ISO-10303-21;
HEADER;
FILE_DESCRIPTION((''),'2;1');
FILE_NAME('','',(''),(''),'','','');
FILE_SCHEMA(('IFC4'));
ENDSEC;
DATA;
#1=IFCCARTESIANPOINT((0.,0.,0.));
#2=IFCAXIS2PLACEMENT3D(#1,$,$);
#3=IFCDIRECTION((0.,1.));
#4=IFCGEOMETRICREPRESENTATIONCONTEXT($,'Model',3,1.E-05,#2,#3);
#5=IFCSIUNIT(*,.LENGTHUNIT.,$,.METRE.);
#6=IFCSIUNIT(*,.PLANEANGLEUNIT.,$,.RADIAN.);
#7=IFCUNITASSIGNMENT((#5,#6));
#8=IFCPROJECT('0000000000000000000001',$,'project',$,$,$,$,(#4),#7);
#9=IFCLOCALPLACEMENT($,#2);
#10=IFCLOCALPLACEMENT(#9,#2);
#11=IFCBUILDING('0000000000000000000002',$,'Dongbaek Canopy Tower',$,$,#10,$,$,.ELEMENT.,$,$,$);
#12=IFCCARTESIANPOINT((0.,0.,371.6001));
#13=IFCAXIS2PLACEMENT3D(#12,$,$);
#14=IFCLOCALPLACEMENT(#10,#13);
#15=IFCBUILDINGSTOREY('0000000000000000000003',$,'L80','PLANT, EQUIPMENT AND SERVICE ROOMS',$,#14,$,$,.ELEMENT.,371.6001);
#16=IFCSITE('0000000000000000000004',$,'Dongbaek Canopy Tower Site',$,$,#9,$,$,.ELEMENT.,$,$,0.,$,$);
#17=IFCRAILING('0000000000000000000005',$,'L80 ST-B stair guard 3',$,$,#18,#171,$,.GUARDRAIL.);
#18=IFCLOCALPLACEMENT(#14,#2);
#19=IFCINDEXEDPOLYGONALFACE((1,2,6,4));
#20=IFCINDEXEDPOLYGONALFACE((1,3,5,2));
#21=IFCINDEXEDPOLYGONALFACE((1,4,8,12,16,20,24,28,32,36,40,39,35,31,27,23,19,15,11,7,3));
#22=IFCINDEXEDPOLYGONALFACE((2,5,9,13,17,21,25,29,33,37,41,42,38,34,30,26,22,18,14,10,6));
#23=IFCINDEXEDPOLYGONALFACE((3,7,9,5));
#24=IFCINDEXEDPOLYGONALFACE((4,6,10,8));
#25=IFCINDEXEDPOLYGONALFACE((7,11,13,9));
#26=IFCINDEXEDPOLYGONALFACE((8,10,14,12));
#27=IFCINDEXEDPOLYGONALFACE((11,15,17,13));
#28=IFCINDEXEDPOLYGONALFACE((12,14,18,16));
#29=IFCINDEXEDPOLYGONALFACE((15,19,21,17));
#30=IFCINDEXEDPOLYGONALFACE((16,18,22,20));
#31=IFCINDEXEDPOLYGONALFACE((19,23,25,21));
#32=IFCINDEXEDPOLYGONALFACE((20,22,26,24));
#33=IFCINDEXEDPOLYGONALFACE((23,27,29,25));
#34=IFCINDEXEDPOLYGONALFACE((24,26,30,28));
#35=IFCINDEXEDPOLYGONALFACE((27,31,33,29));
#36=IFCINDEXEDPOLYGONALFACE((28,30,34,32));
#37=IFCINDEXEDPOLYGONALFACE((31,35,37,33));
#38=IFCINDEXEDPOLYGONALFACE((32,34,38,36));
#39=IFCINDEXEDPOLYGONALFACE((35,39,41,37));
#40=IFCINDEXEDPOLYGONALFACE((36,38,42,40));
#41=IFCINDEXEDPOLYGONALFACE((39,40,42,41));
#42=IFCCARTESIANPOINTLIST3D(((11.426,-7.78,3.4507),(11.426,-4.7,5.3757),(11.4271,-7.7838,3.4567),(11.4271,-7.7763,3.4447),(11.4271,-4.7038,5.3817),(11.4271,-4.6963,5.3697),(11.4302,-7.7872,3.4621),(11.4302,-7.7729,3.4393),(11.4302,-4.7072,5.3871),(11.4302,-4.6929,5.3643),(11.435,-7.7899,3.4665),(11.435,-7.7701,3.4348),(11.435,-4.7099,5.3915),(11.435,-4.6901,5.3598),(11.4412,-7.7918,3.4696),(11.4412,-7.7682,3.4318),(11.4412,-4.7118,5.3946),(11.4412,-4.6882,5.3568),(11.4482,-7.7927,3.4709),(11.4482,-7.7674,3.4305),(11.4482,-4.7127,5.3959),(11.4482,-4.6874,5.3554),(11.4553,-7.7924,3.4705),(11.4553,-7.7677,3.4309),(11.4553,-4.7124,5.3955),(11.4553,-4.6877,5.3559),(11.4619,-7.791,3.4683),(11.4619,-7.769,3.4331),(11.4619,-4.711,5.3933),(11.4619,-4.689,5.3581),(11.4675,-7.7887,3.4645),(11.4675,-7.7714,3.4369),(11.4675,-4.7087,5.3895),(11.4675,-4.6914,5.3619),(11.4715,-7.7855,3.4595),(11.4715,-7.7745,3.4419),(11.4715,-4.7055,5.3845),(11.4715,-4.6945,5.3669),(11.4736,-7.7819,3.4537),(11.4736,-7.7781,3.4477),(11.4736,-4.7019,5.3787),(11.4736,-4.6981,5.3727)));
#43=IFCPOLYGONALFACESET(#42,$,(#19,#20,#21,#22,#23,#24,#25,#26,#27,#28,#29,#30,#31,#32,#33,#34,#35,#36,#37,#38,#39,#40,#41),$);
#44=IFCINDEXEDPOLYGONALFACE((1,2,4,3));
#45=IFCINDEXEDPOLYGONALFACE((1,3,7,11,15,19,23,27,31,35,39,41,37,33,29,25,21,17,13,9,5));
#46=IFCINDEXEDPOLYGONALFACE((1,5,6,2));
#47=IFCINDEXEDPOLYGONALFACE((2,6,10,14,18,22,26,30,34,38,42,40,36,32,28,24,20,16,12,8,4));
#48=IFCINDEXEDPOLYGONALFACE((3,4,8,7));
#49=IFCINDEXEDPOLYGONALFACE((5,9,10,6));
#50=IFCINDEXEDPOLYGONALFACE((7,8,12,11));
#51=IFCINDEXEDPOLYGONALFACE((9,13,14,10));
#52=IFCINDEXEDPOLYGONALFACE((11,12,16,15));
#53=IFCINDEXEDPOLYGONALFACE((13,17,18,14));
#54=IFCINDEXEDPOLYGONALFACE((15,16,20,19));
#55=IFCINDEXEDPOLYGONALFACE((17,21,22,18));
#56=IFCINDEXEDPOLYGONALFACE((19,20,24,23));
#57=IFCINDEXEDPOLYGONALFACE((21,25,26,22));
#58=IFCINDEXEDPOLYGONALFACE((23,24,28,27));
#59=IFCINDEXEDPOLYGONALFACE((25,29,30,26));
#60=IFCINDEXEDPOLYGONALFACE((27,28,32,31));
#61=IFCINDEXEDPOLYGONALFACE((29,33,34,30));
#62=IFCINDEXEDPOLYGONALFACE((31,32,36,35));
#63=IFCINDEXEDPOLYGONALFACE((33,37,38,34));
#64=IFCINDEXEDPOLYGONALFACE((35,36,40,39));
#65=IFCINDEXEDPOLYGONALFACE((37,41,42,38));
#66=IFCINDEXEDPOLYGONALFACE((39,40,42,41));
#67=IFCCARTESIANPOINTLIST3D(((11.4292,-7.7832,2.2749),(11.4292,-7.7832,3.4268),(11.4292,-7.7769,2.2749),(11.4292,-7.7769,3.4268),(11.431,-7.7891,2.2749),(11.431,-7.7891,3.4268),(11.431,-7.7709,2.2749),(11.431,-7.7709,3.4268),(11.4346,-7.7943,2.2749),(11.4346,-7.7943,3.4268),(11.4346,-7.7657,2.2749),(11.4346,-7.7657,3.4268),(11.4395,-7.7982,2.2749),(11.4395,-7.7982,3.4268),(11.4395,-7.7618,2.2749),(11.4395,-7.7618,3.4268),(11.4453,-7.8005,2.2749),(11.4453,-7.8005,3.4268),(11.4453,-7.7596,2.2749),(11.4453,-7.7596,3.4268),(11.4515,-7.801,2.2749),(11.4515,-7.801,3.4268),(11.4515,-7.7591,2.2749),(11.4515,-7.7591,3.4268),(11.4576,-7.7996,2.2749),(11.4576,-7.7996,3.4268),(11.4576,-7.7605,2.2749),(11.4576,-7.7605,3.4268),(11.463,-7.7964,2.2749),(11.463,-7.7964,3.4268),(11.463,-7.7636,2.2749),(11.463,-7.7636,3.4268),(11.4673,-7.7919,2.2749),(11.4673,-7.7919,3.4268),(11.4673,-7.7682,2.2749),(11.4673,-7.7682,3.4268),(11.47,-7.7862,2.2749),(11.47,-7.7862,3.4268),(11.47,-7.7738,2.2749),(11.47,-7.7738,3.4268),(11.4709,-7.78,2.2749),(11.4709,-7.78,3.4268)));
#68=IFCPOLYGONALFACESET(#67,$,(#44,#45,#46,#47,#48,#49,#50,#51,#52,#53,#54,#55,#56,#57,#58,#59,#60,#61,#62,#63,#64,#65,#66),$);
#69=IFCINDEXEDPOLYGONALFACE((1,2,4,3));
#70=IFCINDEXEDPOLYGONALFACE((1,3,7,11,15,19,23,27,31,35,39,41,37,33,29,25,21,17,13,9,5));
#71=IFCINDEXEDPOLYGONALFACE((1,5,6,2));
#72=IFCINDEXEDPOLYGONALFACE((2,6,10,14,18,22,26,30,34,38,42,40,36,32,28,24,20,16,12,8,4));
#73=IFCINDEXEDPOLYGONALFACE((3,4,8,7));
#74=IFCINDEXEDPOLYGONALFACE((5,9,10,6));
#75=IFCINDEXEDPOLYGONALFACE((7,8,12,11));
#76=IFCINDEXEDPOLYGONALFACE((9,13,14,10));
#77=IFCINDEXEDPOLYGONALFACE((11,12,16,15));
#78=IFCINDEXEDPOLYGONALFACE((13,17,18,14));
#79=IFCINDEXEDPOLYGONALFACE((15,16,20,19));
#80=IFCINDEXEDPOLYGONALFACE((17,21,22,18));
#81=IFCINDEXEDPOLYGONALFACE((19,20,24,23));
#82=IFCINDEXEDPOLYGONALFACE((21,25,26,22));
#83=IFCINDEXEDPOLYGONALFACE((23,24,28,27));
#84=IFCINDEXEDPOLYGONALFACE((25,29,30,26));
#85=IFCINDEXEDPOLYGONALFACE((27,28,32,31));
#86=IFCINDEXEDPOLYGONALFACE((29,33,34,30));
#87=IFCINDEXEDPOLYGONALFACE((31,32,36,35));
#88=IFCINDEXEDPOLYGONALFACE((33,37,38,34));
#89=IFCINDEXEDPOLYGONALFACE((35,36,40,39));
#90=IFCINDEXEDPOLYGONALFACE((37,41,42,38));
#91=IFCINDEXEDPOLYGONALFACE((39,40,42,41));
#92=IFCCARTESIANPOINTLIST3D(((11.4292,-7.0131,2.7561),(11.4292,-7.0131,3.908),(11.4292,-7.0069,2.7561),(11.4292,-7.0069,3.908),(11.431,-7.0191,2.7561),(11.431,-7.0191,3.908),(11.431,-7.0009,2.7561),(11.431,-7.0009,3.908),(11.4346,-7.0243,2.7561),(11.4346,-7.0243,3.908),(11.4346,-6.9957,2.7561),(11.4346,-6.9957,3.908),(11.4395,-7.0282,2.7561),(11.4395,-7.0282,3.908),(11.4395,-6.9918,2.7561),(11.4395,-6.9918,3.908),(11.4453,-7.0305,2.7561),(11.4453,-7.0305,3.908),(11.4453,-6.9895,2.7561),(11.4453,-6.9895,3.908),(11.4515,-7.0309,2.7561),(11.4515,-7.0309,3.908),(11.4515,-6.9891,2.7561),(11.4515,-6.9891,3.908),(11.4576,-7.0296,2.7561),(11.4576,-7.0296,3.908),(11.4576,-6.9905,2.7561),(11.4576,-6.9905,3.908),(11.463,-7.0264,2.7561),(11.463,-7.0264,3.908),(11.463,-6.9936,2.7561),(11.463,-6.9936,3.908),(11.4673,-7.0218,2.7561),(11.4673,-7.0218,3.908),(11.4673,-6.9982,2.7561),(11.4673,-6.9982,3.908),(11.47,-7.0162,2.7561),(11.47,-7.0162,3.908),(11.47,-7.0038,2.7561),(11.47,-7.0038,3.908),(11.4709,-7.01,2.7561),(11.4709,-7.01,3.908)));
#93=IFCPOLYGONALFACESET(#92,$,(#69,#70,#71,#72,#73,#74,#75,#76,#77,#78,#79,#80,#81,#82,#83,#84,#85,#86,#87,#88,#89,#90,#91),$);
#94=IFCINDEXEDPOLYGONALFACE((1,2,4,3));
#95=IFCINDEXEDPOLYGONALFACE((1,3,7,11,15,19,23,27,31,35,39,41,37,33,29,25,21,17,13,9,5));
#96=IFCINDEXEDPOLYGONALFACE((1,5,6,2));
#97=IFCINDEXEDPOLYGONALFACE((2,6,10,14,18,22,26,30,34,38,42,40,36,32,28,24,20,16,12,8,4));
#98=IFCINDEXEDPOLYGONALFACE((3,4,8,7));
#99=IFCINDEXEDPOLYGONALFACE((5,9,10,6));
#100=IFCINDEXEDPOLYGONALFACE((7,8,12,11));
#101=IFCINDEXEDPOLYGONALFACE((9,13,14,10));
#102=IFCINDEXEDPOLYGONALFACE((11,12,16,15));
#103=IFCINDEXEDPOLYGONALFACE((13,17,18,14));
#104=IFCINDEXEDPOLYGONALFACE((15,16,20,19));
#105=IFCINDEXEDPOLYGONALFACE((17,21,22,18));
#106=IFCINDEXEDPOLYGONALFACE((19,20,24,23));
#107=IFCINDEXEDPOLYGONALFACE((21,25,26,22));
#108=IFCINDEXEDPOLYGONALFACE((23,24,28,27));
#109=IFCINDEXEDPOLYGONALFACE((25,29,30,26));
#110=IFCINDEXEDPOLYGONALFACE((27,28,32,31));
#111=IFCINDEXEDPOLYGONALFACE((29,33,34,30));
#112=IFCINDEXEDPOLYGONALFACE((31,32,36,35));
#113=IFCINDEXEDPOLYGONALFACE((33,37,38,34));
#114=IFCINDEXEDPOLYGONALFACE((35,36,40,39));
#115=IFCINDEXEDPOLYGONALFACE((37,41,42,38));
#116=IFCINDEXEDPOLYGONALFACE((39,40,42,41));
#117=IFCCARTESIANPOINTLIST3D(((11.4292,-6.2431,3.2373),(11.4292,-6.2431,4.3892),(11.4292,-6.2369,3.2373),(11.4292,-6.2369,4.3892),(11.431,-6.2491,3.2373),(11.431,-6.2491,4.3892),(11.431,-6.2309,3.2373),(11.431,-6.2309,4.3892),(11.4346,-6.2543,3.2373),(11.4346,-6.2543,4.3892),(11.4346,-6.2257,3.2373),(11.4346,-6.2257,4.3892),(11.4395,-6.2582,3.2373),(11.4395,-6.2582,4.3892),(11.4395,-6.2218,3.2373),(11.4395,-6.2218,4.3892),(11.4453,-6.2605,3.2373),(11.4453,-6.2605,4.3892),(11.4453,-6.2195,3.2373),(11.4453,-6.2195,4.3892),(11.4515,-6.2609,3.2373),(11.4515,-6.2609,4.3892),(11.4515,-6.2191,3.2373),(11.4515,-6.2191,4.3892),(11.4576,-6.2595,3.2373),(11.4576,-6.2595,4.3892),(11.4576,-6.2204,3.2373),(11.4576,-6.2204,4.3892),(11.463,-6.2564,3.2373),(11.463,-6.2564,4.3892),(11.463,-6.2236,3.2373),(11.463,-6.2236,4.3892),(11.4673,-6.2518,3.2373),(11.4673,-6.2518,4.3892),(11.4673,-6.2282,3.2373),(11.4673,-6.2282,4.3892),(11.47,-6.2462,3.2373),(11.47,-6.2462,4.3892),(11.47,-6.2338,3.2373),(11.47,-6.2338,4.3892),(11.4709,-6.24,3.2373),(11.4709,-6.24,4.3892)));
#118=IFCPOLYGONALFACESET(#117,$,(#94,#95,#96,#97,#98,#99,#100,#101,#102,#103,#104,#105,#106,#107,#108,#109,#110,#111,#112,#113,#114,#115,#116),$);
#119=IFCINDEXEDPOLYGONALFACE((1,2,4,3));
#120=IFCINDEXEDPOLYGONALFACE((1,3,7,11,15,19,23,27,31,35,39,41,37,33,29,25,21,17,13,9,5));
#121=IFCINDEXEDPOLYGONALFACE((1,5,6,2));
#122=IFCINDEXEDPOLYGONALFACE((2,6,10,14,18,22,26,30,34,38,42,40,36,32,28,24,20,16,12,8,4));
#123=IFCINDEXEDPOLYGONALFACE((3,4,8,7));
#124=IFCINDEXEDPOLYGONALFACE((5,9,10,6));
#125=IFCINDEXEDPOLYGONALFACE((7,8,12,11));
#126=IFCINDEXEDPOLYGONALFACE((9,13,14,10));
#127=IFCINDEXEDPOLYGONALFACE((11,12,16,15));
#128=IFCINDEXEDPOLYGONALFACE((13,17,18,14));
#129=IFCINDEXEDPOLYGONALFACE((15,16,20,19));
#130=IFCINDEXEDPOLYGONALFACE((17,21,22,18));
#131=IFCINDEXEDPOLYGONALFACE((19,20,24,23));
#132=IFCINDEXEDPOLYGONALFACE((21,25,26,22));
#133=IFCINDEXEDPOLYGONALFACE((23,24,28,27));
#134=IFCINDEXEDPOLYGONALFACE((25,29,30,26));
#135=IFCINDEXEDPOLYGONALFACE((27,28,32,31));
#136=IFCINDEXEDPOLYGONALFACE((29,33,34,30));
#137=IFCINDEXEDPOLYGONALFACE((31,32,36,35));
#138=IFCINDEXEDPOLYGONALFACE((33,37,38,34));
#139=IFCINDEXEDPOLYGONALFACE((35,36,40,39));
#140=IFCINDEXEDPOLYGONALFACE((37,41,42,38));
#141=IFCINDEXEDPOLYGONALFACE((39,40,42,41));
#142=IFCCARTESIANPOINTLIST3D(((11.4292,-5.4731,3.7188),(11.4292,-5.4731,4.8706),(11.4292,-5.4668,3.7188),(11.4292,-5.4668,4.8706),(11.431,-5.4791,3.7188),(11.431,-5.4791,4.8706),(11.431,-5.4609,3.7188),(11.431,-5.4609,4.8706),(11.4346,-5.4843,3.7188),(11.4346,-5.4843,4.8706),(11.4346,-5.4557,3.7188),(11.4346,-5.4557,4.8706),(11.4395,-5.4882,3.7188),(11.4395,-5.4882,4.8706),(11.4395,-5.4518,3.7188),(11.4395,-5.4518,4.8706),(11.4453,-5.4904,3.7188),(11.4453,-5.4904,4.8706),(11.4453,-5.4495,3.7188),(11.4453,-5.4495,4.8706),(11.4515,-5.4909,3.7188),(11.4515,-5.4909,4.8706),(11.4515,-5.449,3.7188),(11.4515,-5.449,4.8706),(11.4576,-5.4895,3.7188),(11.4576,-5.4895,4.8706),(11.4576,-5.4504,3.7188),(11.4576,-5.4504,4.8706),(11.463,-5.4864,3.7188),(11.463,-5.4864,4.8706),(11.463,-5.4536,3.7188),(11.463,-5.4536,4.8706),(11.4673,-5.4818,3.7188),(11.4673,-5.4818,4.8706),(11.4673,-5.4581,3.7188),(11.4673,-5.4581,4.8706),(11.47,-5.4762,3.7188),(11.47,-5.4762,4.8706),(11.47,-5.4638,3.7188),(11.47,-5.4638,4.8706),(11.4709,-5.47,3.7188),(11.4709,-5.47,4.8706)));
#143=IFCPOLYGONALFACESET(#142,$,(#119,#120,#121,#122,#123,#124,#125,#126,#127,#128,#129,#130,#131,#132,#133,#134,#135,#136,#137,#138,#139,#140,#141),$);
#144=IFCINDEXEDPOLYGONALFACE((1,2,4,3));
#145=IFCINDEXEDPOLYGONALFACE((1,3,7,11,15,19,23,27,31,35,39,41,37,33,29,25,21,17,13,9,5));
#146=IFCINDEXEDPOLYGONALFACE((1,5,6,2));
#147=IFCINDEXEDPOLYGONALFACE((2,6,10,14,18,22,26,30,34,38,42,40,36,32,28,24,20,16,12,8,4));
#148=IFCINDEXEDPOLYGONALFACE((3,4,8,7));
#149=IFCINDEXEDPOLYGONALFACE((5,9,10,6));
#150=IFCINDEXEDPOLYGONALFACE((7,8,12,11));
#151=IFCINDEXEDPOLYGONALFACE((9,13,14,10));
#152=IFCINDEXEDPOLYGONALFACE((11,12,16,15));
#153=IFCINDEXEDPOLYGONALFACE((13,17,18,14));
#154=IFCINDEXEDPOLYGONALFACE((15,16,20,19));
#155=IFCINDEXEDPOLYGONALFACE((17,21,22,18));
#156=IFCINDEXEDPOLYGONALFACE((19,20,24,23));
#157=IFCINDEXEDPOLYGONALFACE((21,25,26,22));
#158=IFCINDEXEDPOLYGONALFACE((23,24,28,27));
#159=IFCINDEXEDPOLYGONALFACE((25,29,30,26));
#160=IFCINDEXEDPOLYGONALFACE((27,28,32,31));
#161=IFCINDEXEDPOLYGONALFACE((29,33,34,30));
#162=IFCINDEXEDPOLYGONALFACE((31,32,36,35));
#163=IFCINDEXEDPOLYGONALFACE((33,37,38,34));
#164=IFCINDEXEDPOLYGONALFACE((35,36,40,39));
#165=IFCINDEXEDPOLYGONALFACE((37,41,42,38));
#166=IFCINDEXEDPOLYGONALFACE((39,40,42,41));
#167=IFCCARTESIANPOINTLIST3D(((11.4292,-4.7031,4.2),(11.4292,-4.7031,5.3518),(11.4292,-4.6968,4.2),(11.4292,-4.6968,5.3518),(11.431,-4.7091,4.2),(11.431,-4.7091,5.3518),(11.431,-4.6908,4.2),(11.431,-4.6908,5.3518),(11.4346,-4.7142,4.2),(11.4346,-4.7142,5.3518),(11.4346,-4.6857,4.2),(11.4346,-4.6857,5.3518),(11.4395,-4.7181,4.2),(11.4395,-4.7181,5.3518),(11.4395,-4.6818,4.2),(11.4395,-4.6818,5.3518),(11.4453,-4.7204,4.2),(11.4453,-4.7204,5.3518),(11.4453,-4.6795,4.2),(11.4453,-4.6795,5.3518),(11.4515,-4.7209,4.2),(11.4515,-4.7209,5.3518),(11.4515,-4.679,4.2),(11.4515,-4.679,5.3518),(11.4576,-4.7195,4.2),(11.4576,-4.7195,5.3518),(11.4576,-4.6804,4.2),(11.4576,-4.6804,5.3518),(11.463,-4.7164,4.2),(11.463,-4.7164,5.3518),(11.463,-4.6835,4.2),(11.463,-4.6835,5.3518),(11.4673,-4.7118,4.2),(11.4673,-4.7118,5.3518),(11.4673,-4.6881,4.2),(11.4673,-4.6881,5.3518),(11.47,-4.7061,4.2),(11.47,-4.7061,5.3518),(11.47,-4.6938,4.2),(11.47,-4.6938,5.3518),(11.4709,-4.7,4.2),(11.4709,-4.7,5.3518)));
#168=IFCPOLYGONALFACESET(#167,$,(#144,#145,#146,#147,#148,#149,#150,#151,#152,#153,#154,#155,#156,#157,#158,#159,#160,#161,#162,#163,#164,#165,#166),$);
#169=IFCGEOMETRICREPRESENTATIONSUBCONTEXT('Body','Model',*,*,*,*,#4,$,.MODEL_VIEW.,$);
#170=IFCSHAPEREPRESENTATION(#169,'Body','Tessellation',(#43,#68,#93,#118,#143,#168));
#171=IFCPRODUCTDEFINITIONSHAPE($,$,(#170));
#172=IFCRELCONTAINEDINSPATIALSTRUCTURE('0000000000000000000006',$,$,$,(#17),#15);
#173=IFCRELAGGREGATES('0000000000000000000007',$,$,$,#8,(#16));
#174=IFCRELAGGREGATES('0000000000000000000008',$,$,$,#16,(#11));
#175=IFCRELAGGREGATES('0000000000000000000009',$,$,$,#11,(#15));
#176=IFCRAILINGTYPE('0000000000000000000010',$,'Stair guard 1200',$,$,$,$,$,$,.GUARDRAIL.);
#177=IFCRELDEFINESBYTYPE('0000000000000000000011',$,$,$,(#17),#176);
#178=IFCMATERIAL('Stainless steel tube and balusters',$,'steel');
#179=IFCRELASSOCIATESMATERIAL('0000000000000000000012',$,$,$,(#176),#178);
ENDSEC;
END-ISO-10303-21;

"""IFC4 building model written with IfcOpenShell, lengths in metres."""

from ifc_helpers import new_model, si_unit, direction, frame, origin, origin_2d, place, context, subcontext, project, spatial, circle, extrude, material, type_object, element, save


model = new_model("IFC4")

# Units and contexts
model_context = context("Model", 3, precision=1e-05, world=origin(), true_north=direction((0.0, 1.0)))
body_context = subcontext(model_context, "Body", "Model", "MODEL_VIEW")
ifc_project = project(units=[si_unit("LENGTHUNIT", "METRE"), si_unit("PLANEANGLEUNIT", "RADIAN")], contexts=[model_context])

# Site, building, storey
site_placement = place(None, origin())
site = spatial("IfcSite", under=ifc_project, at=site_placement, Name="Dongbaek Canopy Tower Site", CompositionType="ELEMENT", RefElevation=0.0)
building_placement = place(site_placement, origin())
building = spatial("IfcBuilding", under=site, at=building_placement, Name="Dongbaek Canopy Tower", CompositionType="ELEMENT")
storey_placement = place(building_placement, frame((0.0, 0.0, 371.6001)))
storey = spatial("IfcBuildingStorey", under=building, at=storey_placement, Name="L80", Description="PLANT, EQUIPMENT AND SERVICE ROOMS", CompositionType="ELEMENT", Elevation=371.6001)

# Railing
ifc_material_1 = material(Name="Stainless steel tube and balusters", Category="steel")
railing_type_1 = type_object("IfcRailingType", Name="Stair guard 1200", PredefinedType="GUARDRAIL", material=ifc_material_1)
railing_1_placement = place(storey_placement, frame((11.45, -7.78, 2.2749)))
element("IfcRailing", 1, at=railing_1_placement, inside=storey, type_object=railing_type_1, Name="L80 ST-B stair guard 3", PredefinedType="GUARDRAIL", context=body_context, shape_type="SweptSolid", body=[
    extrude(circle(Radius=0.0239, at=origin_2d()), frame((0.0, 0.0, 1.1758), z_axis=(0.0, 0.847998, 0.529999), x_axis=(-1.0, 0.0, 0.0)), (0.0, 0.0, 1.0), 3.6321),
    extrude(circle(Radius=0.021, at=origin_2d()), origin(), (0.0, 0.0, 1.0), 1.1519),
    extrude(circle(Radius=0.021, at=origin_2d()), frame((0.0, 0.77, 0.4812)), (0.0, 0.0, 1.0), 1.1519),
    extrude(circle(Radius=0.021, at=origin_2d()), frame((0.0, 1.54, 0.9624)), (0.0, 0.0, 1.0), 1.1519),
    extrude(circle(Radius=0.021, at=origin_2d()), frame((0.0, 2.3101, 1.4438)), (0.0, 0.0, 1.0), 1.1519),
    extrude(circle(Radius=0.021, at=origin_2d()), frame((0.0, 3.0801, 1.925)), (0.0, 0.0, 1.0), 1.1519),
])

save(model, "model.ifc")
